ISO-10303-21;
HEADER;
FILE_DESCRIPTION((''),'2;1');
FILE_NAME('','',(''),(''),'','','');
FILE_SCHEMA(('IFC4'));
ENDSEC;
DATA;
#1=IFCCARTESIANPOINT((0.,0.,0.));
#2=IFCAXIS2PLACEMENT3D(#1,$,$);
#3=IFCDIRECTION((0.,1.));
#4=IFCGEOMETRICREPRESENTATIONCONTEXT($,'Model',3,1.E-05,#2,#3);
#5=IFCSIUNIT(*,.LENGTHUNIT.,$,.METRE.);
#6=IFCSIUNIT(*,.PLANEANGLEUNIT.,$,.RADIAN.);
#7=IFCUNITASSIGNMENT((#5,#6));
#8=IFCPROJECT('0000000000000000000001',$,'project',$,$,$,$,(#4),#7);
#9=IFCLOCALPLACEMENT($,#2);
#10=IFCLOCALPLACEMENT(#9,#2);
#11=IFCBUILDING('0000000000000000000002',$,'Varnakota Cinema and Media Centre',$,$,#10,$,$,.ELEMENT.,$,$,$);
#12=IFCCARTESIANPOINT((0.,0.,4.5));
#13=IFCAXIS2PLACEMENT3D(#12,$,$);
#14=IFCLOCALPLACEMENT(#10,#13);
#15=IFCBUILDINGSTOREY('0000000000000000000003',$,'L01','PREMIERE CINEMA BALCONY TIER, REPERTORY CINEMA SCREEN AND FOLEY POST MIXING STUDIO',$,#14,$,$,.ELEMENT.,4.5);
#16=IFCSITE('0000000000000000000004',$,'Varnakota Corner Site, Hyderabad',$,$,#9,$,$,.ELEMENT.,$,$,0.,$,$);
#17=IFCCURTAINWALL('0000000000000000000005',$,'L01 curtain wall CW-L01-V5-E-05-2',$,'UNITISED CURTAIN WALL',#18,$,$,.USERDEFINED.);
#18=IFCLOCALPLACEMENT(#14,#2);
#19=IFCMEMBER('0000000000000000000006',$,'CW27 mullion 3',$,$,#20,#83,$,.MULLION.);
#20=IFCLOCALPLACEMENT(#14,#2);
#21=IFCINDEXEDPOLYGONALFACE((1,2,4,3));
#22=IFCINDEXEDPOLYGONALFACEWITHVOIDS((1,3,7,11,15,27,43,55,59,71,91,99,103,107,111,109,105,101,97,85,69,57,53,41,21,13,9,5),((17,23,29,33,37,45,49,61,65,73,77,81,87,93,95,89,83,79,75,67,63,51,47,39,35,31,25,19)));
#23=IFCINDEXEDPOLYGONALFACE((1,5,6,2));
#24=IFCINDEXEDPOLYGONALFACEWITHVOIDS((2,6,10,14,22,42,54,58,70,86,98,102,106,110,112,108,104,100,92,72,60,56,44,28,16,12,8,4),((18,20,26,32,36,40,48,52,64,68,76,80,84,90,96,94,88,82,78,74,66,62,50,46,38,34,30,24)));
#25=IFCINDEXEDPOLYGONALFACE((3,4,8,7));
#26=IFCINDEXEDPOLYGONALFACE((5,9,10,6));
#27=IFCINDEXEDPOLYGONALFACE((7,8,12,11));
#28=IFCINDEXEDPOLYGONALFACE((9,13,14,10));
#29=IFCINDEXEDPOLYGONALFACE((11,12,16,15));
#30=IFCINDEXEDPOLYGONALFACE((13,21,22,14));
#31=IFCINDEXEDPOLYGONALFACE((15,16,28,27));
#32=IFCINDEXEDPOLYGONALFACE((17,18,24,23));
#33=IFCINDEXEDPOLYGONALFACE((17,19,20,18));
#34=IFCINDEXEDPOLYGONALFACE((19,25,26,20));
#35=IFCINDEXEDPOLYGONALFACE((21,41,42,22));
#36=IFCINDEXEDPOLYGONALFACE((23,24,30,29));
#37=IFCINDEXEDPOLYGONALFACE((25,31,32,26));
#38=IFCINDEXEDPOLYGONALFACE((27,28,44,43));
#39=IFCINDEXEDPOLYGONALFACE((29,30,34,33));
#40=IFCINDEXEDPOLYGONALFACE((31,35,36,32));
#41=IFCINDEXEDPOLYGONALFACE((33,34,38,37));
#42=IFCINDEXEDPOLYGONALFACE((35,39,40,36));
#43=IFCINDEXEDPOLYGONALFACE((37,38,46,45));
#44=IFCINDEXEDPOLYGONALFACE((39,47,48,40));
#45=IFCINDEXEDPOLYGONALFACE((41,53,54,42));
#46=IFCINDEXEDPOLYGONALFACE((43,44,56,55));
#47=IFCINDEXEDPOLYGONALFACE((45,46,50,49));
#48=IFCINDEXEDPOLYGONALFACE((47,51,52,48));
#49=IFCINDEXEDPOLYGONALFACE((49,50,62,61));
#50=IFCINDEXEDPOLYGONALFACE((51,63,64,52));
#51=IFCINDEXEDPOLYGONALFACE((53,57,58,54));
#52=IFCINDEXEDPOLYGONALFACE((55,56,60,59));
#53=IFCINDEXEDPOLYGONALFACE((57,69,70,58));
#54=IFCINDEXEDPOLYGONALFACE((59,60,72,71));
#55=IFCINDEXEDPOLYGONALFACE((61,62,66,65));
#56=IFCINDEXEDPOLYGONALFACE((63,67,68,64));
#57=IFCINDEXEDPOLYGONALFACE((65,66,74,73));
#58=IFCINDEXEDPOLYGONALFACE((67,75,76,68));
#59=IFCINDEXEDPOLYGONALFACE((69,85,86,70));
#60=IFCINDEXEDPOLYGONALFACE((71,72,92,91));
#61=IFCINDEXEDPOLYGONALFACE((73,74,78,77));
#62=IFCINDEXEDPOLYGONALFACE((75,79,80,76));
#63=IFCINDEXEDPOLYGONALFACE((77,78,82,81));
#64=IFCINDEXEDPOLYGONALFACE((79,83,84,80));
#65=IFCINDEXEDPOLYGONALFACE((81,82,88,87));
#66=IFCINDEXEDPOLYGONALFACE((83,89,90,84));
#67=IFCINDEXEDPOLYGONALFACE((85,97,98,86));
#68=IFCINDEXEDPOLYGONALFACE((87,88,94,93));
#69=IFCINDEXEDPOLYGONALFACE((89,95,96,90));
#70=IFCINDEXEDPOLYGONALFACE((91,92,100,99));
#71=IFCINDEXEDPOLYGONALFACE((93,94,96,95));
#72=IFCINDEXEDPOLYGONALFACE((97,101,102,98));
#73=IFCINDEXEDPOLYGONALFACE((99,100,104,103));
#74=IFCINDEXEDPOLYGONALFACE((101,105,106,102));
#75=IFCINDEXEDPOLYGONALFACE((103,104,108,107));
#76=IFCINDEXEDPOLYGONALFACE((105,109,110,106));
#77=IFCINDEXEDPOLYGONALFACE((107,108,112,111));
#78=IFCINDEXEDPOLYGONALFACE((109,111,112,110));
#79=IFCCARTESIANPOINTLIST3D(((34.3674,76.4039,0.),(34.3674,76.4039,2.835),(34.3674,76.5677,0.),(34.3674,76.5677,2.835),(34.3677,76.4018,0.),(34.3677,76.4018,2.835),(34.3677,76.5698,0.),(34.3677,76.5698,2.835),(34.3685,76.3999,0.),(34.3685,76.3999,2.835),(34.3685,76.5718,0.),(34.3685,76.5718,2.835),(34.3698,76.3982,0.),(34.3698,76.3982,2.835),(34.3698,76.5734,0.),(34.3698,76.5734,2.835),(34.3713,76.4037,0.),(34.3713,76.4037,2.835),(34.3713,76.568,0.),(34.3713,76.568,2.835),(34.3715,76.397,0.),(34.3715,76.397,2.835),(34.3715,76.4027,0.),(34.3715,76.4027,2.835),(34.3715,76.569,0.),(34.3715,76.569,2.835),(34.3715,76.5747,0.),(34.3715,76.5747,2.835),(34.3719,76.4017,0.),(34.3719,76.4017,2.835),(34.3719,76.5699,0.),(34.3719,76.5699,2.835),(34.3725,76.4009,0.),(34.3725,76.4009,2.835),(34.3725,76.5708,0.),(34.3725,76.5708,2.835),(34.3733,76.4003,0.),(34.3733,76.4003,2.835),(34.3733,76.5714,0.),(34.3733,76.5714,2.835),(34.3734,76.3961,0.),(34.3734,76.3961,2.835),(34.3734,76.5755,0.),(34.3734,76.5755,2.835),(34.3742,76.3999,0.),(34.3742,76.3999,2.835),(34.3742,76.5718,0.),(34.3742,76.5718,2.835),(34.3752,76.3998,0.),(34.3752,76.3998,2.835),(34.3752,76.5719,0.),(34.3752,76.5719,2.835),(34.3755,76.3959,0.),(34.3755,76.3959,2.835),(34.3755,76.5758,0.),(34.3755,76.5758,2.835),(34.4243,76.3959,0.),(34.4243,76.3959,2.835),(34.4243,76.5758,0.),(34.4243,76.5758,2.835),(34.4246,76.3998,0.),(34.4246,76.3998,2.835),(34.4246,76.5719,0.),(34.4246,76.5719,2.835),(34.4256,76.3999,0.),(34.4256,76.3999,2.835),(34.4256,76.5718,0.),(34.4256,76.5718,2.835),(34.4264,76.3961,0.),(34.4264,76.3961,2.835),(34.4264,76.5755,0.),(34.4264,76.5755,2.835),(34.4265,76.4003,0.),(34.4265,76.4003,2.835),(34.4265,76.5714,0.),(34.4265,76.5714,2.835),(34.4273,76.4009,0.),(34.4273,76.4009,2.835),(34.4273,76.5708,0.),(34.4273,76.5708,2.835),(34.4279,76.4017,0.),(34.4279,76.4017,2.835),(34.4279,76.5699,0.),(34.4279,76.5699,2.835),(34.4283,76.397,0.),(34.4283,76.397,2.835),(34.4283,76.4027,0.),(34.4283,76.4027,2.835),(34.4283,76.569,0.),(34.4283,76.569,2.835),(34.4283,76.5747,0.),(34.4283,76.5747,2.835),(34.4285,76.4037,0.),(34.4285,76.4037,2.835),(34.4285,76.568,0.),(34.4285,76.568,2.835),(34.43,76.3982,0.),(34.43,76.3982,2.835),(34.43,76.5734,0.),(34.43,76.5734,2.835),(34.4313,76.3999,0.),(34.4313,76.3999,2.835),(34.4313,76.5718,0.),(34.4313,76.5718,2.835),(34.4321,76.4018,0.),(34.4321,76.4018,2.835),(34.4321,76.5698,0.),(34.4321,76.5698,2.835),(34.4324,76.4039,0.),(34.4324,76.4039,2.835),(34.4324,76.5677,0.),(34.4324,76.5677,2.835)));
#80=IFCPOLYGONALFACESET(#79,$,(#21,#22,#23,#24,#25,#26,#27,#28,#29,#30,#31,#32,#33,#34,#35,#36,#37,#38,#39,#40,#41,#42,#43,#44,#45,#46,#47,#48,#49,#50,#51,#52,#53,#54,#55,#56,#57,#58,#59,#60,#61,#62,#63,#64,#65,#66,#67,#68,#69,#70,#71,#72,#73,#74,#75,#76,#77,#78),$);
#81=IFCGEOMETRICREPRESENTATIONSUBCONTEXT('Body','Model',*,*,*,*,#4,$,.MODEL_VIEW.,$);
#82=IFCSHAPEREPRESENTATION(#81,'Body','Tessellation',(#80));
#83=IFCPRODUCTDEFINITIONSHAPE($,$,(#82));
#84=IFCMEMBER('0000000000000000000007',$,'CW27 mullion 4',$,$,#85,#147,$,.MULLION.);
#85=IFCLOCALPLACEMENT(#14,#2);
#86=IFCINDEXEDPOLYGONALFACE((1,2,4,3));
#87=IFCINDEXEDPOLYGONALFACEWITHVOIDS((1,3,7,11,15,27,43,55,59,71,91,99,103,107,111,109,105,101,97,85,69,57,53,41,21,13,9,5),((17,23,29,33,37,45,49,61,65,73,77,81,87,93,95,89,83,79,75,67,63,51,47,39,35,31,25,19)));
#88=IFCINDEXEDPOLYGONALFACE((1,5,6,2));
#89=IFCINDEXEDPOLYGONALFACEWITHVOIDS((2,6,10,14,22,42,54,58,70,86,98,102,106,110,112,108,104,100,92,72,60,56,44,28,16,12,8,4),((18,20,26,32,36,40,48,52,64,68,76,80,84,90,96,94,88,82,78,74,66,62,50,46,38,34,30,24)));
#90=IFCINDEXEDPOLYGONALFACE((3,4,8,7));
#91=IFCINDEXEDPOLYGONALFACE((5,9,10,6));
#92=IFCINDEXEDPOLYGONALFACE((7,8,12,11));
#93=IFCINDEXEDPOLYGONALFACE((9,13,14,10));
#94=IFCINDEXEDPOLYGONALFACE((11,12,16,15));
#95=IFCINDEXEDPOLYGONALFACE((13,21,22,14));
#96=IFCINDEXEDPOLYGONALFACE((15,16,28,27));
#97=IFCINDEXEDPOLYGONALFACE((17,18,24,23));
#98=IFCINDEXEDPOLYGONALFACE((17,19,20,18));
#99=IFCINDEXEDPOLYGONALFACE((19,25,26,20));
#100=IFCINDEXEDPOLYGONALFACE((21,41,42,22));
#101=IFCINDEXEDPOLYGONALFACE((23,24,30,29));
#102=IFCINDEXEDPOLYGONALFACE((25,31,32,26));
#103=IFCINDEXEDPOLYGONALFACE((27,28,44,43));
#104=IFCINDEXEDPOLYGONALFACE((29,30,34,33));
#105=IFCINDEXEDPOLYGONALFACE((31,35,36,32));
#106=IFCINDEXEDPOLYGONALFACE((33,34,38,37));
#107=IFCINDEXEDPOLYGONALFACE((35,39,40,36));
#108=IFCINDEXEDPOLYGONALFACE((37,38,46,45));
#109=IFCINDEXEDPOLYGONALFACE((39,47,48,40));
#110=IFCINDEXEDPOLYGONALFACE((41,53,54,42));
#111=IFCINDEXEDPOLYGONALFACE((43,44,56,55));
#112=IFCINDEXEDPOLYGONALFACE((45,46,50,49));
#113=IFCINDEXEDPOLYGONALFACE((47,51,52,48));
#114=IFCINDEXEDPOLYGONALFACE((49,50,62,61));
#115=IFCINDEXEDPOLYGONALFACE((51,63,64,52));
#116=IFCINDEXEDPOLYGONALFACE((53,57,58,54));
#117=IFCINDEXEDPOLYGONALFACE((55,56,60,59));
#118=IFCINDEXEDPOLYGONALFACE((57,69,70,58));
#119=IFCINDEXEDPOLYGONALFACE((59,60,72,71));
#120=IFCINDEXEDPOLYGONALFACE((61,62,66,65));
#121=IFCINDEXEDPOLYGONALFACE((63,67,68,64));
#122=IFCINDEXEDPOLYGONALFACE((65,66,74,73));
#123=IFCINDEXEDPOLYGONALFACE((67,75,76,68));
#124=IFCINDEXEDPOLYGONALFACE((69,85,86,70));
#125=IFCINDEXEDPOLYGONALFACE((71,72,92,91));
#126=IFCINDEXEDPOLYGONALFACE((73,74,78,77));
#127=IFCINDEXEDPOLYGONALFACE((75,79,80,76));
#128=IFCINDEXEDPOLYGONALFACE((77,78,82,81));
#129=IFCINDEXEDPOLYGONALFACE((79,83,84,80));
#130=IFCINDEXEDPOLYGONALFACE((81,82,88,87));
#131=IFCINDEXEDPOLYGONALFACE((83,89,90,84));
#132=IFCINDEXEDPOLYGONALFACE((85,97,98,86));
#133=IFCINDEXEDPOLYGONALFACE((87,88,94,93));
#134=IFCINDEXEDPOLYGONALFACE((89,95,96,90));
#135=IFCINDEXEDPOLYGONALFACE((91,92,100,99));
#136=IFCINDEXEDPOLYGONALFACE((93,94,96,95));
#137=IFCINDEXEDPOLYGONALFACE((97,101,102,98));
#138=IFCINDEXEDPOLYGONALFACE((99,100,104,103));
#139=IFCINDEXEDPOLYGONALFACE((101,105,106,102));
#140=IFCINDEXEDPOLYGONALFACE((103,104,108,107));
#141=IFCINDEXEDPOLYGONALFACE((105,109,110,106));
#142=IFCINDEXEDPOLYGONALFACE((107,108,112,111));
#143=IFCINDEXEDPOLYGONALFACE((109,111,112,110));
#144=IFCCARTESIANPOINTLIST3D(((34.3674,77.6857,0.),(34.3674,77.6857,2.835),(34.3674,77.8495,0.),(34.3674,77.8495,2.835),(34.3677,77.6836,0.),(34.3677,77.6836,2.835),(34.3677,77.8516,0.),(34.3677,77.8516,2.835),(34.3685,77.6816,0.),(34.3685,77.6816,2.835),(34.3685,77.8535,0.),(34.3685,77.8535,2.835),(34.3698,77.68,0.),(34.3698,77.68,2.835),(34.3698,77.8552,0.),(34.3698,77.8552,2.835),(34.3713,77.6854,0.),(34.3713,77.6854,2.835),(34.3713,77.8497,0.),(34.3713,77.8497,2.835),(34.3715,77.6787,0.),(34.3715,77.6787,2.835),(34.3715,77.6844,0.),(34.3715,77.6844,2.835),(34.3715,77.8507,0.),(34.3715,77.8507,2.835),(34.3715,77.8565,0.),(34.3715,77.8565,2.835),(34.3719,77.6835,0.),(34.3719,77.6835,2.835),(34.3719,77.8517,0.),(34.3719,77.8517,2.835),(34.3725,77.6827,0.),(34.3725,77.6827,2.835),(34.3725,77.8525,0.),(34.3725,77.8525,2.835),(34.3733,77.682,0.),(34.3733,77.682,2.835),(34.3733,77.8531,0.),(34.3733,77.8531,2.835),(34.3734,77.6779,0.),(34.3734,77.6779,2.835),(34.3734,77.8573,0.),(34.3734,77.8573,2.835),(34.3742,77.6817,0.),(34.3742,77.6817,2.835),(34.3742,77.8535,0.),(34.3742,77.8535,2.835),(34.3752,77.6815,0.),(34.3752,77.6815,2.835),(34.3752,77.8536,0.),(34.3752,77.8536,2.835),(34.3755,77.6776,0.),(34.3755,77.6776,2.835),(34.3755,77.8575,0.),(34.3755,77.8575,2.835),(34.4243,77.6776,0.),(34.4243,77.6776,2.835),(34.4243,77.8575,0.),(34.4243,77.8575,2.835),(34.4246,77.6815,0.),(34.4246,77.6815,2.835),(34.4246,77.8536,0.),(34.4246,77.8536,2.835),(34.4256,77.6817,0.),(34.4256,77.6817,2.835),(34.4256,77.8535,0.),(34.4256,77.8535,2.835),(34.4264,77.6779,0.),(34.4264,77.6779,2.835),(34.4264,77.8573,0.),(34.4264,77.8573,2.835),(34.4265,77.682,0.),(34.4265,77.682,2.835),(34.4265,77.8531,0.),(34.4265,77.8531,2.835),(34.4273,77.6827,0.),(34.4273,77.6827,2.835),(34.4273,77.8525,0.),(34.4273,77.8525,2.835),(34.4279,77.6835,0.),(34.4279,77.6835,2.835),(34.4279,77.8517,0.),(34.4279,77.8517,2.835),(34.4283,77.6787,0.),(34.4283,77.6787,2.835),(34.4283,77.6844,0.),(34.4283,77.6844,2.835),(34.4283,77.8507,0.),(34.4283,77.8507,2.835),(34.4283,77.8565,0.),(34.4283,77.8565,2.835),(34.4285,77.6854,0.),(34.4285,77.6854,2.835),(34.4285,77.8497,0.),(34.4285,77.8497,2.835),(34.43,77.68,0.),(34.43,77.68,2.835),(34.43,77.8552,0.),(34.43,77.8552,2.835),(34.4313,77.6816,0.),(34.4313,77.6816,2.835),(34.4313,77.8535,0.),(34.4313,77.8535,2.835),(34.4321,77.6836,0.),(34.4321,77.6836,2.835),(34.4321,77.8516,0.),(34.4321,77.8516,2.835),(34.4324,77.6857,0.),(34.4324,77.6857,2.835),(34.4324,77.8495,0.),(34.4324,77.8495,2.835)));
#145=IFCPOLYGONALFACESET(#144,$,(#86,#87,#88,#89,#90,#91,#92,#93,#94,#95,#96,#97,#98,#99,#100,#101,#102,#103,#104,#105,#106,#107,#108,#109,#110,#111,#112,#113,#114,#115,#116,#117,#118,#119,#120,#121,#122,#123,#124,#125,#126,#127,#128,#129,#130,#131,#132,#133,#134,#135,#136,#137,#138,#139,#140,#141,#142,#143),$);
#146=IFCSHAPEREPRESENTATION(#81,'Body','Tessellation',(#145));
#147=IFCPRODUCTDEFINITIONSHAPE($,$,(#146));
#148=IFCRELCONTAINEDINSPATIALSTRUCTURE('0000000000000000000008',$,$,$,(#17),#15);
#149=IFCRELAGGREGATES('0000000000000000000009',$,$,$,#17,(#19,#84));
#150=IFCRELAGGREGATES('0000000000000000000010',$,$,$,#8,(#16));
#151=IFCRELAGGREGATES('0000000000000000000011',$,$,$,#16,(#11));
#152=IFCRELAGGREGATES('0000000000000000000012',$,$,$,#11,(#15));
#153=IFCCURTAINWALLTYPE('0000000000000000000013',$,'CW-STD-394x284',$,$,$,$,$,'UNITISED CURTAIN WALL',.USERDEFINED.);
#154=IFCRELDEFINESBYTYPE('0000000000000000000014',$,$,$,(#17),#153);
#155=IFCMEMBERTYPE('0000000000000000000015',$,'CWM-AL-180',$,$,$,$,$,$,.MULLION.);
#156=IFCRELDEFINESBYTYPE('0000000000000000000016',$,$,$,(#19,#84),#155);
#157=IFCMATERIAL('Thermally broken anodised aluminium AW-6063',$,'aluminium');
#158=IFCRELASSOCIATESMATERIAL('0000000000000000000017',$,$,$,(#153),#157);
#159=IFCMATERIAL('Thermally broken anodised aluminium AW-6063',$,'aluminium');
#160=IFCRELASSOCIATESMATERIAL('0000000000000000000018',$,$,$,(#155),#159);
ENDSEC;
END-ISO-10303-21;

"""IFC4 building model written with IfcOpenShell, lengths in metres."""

from ifc_helpers import new_model, si_unit, direction, frame, origin, origin_2d, place, context, subcontext, project, spatial, hollow_rectangle, extrude, material, material_profile, profile_set, type_object, element, aggregate, save


model = new_model("IFC4")

# Units and contexts
model_context = context("Model", 3, precision=1e-05, world=origin(), true_north=direction((0.0, 1.0)))
body_context = subcontext(model_context, "Body", "Model", "MODEL_VIEW")
ifc_project = project(units=[si_unit("LENGTHUNIT", "METRE"), si_unit("PLANEANGLEUNIT", "RADIAN")], contexts=[model_context])

# Site, building, storey
site_placement = place(None, origin())
site = spatial("IfcSite", under=ifc_project, at=site_placement, Name="Varnakota Corner Site, Hyderabad", CompositionType="ELEMENT", RefElevation=0.0)
building_placement = place(site_placement, origin())
building = spatial("IfcBuilding", under=site, at=building_placement, Name="Varnakota Cinema and Media Centre", CompositionType="ELEMENT")
storey_placement = place(building_placement, frame((0.0, 0.0, 4.5)))
storey = spatial("IfcBuildingStorey", under=building, at=storey_placement, Name="L01", Description="PREMIERE CINEMA BALCONY TIER, REPERTORY CINEMA SCREEN AND FOLEY POST MIXING STUDIO", CompositionType="ELEMENT", Elevation=4.5)

# Shared definitions
ifc_material_1 = material(Name="Thermally broken anodised aluminium AW-6063", Category="aluminium")
curtain_wall_type = type_object("IfcCurtainWallType", Name="CW-STD-394x284", ElementType="UNITISED CURTAIN WALL", PredefinedType="USERDEFINED", material=ifc_material_1)
ifc_material_2 = material(Name="Thermally broken anodised aluminium AW-6063", Category="aluminium")
ifc_material_profile_1 = material_profile(ifc_material_2, hollow_rectangle(XDim=0.0649, YDim=0.1799, WallThickness=0.0039, InnerFilletRadius=0.0039, OuterFilletRadius=0.0081, at=origin_2d()), Name="AL-MULLION 180x65x4")
ifc_profile_set_1 = profile_set([ifc_material_profile_1], Name="Thermally broken anodised aluminium AW-6063")
member_type_1 = type_object("IfcMemberType", Name="CWM-AL-180", PredefinedType="MULLION", material=ifc_profile_set_1)

# Curtain wall, members
curtain_wall_1_placement = place(storey_placement, origin())
curtain_wall_1 = element("IfcCurtainWall", 1, at=curtain_wall_1_placement, inside=storey, type_object=curtain_wall_type, Name="L01 curtain wall CW-L01-V5-E-05-2", ObjectType="UNITISED CURTAIN WALL", PredefinedType="USERDEFINED")
member_1_placement = place(storey_placement, frame((34.3999, 76.4858, 0.0), z_axis=(0.0, 0.0, 1.0), x_axis=(-1.0, 0.0, 0.0)))
member_1 = element("IfcMember", 2, at=member_1_placement, type_object=member_type_1, Name="CW27 mullion 3", PredefinedType="MULLION", context=body_context, shape_type="SweptSolid", body=[
    extrude(hollow_rectangle(XDim=0.0649, YDim=0.1799, WallThickness=0.0039, InnerFilletRadius=0.0039, OuterFilletRadius=0.0081, at=origin_2d()), origin(), (0.0, 0.0, 1.0), 2.835),
])
member_2_placement = place(storey_placement, frame((34.3999, 77.7676, 0.0), z_axis=(0.0, 0.0, 1.0), x_axis=(-1.0, 0.0, 0.0)))
member_2 = element("IfcMember", 3, at=member_2_placement, type_object=member_type_1, Name="CW27 mullion 4", PredefinedType="MULLION", context=body_context, shape_type="SweptSolid", body=[
    extrude(hollow_rectangle(XDim=0.0649, YDim=0.1799, WallThickness=0.0039, InnerFilletRadius=0.0039, OuterFilletRadius=0.0081, at=origin_2d()), origin(), (0.0, 0.0, 1.0), 2.835),
])

aggregate(curtain_wall_1, [member_1, member_2])

save(model, "model.ifc")
